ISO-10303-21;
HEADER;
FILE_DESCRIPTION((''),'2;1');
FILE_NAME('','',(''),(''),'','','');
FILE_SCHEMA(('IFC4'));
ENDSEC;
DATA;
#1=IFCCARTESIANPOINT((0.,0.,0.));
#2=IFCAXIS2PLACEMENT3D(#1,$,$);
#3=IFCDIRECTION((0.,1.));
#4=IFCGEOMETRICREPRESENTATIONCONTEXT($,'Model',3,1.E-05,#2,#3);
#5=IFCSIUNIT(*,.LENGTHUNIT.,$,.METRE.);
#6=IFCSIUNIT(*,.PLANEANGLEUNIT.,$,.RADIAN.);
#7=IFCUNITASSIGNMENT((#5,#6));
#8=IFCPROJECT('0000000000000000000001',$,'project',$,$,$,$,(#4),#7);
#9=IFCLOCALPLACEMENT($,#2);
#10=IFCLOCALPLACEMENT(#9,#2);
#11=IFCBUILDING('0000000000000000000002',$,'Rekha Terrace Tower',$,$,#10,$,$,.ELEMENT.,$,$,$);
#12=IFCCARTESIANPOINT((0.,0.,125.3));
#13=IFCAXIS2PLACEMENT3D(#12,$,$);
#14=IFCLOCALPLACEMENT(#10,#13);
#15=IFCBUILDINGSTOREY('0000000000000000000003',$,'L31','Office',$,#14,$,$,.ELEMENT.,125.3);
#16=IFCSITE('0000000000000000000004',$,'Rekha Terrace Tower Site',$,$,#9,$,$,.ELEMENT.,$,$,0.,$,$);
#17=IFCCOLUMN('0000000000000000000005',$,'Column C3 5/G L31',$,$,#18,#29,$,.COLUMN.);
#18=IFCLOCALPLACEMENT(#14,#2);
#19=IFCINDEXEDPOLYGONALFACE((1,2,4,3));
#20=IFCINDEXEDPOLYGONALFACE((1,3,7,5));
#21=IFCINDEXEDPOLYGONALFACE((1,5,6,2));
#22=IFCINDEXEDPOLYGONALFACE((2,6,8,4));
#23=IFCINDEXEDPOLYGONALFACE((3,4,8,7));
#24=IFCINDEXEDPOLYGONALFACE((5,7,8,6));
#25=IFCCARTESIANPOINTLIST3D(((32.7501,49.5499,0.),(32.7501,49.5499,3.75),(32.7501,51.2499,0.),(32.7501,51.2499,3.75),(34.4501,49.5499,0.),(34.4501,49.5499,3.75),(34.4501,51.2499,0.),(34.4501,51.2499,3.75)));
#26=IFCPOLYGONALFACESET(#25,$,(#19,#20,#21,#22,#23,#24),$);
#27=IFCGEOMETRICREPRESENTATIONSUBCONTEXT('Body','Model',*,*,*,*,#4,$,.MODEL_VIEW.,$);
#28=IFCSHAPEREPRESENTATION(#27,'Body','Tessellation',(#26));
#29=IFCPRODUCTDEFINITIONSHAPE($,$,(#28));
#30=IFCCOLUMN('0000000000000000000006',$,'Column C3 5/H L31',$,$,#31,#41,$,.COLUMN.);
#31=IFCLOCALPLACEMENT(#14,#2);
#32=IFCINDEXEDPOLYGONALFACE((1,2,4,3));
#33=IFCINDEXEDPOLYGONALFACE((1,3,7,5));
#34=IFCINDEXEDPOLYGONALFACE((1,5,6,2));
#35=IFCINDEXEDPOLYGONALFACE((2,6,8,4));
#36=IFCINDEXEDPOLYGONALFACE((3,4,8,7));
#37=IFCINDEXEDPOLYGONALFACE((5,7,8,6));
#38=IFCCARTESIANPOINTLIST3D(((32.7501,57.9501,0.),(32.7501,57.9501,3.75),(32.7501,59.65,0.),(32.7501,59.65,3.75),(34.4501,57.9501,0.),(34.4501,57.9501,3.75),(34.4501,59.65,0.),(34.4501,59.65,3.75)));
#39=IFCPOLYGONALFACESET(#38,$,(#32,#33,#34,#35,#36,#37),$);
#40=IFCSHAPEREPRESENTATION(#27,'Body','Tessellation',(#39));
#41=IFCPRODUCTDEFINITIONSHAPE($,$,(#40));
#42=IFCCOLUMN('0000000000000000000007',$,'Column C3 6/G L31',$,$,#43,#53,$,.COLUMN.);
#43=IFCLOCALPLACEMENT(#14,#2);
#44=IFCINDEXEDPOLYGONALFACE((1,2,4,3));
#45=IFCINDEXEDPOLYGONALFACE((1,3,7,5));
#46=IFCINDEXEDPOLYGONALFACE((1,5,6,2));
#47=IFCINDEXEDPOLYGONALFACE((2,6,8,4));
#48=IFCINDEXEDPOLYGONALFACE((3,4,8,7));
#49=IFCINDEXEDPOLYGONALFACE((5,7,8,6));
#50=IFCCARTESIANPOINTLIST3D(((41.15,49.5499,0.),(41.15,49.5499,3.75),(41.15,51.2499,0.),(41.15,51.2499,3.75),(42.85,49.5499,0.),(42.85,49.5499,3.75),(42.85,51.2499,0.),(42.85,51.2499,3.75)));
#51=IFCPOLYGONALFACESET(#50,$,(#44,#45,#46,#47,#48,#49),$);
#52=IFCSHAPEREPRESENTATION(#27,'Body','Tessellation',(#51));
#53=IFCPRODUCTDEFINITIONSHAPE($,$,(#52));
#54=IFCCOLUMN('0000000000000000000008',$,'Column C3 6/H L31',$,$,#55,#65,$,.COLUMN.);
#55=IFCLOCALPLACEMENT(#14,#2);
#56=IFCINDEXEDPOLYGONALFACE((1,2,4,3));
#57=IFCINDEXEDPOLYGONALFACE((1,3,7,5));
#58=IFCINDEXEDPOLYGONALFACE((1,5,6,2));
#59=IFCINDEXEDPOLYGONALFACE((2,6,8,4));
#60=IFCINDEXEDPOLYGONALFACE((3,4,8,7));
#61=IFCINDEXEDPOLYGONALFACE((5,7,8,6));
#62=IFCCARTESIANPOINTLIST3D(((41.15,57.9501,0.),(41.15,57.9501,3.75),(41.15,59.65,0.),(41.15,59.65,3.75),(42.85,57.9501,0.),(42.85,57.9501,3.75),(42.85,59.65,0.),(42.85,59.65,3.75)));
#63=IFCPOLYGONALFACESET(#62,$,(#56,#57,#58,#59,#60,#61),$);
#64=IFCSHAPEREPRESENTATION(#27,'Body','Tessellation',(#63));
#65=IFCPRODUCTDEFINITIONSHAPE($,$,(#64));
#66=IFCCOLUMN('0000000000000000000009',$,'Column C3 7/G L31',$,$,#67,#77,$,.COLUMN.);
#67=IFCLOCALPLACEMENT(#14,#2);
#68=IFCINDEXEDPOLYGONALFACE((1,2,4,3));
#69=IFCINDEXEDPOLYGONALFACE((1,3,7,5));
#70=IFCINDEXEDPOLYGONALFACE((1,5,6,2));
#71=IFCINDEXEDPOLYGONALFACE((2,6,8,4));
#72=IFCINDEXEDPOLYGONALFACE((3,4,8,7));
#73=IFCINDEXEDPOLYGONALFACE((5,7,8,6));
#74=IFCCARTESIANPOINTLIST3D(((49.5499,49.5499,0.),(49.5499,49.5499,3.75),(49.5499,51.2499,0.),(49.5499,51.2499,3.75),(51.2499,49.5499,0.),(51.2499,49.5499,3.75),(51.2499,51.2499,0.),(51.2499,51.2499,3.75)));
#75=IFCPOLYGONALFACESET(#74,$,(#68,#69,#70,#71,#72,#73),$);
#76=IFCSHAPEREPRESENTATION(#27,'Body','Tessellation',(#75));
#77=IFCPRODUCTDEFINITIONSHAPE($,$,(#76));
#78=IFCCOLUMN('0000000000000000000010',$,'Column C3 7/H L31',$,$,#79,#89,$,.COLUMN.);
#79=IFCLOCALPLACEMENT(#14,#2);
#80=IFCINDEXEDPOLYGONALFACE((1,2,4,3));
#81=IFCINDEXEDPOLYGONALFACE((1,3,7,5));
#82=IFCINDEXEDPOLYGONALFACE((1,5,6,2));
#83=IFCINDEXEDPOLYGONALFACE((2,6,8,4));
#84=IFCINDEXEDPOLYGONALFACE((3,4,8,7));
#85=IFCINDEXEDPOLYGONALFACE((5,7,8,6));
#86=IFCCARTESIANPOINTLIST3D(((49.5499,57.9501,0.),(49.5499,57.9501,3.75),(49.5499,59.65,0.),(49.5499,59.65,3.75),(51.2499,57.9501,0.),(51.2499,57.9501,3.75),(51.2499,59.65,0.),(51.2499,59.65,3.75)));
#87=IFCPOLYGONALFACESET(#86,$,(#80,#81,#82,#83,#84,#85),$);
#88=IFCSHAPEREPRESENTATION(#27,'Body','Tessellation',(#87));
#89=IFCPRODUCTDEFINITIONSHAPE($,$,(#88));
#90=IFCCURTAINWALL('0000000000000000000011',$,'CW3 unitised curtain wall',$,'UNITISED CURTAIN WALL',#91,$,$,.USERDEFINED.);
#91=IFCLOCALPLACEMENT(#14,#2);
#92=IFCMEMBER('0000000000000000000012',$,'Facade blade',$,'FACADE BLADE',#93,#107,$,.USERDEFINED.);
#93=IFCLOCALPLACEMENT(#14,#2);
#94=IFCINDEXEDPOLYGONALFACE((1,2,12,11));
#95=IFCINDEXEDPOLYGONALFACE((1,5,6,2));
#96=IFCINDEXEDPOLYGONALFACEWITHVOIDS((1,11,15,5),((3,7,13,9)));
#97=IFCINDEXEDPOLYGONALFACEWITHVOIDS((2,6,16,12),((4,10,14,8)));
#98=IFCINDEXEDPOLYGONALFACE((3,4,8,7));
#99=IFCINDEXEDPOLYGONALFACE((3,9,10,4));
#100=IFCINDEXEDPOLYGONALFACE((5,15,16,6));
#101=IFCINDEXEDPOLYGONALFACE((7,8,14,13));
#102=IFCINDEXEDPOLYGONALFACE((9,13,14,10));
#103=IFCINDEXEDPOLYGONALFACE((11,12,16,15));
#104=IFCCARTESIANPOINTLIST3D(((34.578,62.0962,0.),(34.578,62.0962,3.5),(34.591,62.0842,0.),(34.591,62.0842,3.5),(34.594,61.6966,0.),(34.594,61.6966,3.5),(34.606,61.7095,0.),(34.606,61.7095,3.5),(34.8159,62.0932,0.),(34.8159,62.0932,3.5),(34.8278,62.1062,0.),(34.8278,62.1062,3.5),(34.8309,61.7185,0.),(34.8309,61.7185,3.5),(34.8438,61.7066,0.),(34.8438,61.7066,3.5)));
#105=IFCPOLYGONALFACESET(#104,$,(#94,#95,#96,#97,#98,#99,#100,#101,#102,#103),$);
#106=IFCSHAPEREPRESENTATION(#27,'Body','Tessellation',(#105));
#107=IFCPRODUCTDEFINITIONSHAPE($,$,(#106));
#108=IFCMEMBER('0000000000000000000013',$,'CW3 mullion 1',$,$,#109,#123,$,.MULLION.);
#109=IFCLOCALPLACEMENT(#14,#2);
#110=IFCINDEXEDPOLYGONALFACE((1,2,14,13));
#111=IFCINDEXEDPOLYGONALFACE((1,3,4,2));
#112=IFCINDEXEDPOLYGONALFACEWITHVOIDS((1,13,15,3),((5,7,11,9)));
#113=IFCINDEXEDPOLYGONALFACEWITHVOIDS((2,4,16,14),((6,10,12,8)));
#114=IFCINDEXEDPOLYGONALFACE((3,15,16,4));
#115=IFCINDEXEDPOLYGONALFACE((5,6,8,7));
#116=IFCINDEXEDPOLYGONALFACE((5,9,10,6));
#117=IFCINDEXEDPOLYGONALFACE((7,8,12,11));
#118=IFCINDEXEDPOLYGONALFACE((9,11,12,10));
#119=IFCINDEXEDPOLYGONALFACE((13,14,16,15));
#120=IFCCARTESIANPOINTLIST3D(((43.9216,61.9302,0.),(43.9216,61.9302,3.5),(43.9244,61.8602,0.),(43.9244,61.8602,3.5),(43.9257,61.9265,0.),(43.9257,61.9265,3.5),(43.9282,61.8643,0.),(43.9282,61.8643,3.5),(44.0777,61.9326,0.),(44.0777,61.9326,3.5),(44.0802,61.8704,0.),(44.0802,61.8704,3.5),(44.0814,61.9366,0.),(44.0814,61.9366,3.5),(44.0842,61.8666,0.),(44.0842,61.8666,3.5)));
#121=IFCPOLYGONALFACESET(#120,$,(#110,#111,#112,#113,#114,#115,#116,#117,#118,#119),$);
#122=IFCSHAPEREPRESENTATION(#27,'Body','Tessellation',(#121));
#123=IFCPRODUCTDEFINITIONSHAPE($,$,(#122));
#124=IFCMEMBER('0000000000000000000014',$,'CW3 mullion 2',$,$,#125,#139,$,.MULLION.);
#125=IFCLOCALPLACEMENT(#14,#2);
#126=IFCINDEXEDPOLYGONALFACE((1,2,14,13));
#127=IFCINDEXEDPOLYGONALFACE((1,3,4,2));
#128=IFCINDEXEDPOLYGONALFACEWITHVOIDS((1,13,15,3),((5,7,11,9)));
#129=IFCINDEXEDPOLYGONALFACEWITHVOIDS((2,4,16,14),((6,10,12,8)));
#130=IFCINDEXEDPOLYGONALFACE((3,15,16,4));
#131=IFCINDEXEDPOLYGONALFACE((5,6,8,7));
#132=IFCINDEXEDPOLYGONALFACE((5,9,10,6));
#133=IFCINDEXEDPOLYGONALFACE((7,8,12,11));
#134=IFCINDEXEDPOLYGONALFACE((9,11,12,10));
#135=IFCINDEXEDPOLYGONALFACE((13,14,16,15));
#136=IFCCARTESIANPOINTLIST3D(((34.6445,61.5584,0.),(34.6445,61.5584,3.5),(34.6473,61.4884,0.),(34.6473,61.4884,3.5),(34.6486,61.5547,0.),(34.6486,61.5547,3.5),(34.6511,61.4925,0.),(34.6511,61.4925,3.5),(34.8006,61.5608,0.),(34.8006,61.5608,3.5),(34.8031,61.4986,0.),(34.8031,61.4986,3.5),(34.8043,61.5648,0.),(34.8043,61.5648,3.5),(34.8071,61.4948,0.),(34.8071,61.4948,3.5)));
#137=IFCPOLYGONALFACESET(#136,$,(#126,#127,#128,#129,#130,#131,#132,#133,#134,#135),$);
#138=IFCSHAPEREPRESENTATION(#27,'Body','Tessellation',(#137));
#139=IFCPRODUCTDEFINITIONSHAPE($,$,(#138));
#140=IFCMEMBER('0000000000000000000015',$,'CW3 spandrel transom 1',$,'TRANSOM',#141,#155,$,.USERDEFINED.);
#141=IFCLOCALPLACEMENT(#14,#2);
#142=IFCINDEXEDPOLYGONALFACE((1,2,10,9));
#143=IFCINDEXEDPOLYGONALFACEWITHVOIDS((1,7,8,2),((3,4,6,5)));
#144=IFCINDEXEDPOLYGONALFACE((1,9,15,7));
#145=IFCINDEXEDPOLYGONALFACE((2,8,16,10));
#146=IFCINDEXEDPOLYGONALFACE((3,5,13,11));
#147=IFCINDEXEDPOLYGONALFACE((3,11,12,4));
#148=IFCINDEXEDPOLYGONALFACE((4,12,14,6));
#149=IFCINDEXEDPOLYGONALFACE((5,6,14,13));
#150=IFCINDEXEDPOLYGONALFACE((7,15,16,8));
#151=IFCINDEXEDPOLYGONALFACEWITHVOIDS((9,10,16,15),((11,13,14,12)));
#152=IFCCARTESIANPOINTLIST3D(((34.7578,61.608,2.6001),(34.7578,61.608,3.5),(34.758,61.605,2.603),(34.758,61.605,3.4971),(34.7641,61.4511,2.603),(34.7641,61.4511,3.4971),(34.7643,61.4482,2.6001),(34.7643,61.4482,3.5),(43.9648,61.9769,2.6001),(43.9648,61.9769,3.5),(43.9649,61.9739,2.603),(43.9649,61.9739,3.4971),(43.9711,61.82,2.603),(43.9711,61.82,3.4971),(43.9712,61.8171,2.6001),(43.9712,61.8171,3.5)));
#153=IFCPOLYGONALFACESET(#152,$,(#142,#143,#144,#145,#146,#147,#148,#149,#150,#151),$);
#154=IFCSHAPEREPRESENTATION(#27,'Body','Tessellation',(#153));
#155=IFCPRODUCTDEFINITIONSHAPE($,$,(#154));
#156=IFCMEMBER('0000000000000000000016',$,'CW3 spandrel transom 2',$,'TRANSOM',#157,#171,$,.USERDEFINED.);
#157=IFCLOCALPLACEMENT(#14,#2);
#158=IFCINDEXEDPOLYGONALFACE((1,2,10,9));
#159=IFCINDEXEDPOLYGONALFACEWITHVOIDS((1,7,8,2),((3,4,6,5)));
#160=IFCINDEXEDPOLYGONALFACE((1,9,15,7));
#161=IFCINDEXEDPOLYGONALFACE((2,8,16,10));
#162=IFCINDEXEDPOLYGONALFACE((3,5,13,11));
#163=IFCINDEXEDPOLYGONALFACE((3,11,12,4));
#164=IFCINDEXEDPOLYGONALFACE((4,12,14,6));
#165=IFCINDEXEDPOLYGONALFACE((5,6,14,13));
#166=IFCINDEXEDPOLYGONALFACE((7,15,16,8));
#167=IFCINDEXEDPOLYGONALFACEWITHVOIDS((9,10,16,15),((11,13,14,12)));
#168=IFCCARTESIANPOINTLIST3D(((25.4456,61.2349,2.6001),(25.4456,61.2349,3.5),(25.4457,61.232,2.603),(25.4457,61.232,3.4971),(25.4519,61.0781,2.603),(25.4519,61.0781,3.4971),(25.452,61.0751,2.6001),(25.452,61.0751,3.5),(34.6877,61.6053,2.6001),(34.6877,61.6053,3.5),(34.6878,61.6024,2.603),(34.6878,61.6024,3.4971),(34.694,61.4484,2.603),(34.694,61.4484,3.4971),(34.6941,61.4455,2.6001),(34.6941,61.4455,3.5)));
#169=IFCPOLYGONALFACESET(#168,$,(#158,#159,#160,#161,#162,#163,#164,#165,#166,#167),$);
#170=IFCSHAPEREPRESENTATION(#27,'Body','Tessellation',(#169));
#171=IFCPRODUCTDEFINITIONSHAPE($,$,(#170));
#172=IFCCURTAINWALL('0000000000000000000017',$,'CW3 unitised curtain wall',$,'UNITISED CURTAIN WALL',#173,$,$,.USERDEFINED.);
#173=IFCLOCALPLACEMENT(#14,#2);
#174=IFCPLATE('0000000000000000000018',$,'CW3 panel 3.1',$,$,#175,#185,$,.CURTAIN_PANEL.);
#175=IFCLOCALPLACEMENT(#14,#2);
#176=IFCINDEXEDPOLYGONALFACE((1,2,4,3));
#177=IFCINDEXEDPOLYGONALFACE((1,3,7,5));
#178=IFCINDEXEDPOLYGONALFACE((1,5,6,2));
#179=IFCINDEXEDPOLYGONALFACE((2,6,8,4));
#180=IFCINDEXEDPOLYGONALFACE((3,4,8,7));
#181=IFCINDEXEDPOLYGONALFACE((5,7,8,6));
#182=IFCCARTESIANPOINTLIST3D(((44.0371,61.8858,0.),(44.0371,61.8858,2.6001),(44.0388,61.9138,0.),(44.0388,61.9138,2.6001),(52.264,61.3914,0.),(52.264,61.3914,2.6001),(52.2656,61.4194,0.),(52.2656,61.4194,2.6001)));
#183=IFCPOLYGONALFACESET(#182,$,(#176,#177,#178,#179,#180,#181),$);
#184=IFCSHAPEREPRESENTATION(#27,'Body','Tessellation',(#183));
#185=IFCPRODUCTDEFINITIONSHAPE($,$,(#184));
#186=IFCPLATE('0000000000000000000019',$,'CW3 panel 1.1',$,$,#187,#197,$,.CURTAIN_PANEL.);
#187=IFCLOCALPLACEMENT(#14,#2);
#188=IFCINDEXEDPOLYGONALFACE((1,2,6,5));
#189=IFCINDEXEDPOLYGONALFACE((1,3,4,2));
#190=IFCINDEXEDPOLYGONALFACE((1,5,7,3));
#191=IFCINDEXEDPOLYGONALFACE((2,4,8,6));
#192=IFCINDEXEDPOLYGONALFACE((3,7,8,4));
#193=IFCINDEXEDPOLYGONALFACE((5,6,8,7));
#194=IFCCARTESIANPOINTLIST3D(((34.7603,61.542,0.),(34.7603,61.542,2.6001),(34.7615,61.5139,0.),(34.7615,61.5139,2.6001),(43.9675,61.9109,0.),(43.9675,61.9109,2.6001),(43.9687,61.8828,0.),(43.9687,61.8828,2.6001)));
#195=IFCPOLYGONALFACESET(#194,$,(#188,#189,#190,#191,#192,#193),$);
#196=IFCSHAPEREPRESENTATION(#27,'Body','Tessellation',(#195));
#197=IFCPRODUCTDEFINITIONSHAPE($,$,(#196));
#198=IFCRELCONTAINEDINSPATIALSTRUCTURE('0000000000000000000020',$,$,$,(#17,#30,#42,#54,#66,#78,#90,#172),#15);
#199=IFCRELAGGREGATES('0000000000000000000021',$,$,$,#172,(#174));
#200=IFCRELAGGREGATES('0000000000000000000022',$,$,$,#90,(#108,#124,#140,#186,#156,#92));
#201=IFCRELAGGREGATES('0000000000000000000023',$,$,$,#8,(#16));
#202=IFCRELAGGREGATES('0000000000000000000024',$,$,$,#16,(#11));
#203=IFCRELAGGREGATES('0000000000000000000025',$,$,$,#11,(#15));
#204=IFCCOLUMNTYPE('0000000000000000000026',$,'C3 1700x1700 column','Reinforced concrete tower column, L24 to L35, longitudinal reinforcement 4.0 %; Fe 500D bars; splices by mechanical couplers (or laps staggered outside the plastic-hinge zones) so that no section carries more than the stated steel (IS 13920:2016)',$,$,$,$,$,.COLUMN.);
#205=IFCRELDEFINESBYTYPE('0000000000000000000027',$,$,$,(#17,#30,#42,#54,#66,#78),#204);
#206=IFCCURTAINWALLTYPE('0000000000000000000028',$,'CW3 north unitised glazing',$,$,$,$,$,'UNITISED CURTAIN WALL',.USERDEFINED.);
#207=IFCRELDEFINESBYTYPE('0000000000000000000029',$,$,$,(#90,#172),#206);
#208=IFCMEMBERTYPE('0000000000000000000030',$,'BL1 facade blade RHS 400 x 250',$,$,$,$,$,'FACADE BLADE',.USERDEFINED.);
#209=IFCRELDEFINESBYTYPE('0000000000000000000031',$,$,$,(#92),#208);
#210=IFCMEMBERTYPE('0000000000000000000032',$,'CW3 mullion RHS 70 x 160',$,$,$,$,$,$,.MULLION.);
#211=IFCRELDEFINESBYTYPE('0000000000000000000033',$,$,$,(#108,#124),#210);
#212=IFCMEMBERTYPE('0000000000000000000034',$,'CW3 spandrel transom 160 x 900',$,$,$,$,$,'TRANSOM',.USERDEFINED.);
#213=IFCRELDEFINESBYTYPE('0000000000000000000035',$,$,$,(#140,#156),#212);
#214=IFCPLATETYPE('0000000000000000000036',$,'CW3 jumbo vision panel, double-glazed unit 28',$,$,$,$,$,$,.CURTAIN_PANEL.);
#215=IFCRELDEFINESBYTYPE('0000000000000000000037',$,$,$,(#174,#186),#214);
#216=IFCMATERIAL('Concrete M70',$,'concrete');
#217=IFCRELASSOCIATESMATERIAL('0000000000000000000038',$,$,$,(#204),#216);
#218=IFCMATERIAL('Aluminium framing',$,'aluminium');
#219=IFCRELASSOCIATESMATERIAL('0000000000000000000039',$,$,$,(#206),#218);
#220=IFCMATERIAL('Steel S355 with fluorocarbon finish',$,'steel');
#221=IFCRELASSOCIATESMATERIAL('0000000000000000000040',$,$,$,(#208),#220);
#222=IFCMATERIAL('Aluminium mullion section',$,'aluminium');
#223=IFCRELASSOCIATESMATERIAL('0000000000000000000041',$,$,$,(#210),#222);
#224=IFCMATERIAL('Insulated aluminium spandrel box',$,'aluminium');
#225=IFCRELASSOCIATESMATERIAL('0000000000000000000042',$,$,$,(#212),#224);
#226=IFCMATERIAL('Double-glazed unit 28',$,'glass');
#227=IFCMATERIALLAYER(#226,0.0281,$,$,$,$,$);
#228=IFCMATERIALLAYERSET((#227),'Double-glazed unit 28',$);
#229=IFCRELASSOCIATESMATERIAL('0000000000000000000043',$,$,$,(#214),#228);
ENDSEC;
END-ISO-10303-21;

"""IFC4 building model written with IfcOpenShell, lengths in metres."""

from ifc_helpers import new_model, si_unit, direction, frame, origin, origin_2d, place, context, subcontext, project, spatial, rectangle, hollow_rectangle, extrude, material, layer, layer_set, material_profile, profile_set, type_object, element, aggregate, save


model = new_model("IFC4")

# Units and contexts
model_context = context("Model", 3, precision=1e-05, world=origin(), true_north=direction((0.0, 1.0)))
body_context = subcontext(model_context, "Body", "Model", "MODEL_VIEW")
ifc_project = project(units=[si_unit("LENGTHUNIT", "METRE"), si_unit("PLANEANGLEUNIT", "RADIAN")], contexts=[model_context])

# Site, building, storey
site_placement = place(None, origin())
site = spatial("IfcSite", under=ifc_project, at=site_placement, Name="Rekha Terrace Tower Site", CompositionType="ELEMENT", RefElevation=0.0)
building_placement = place(site_placement, origin())
building = spatial("IfcBuilding", under=site, at=building_placement, Name="Rekha Terrace Tower", CompositionType="ELEMENT")
storey_placement = place(building_placement, frame((0.0, 0.0, 125.3)))
storey = spatial("IfcBuildingStorey", under=building, at=storey_placement, Name="L31", Description="Office", CompositionType="ELEMENT", Elevation=125.3)

# Columns
ifc_material_1 = material(Name="Concrete M70", Category="concrete")
ifc_material_profile_1 = material_profile(ifc_material_1, rectangle(XDim=1.7, YDim=1.7, at=origin_2d()), Name="RC 1700x1700")
ifc_profile_set_1 = profile_set([ifc_material_profile_1], Name="Concrete M70")
column_type = type_object("IfcColumnType", Name="C3 1700x1700 column", Description="Reinforced concrete tower column, L24 to L35, longitudinal reinforcement 4.0 %; Fe 500D bars; splices by mechanical couplers (or laps staggered outside the plastic-hinge zones) so that no section carries more than the stated steel (IS 13920:2016)", PredefinedType="COLUMN", material=ifc_profile_set_1)
for number, where, z_axis, x_axis, name in (
    (1, (33.6001, 50.3999, 0.0), (0.0, 0.0, 1.0), (1.0, 0.0, 0.0), "Column C3 5/G L31"),
    (2, (33.6001, 58.8, 0.0), (0.0, 0.0, 1.0), (1.0, 0.0, 0.0), "Column C3 5/H L31"),
    (3, (42.0, 50.3999, 0.0), (0.0, 0.0, 1.0), (1.0, 0.0, 0.0), "Column C3 6/G L31"),
    (4, (42.0, 58.8, 0.0), (0.0, 0.0, 1.0), (1.0, 0.0, 0.0), "Column C3 6/H L31"),
    (5, (50.3999, 50.3999, 0.0), (0.0, 0.0, 1.0), (1.0, 0.0, 0.0), "Column C3 7/G L31"),
    (6, (50.3999, 58.8, 0.0), (0.0, 0.0, 1.0), (1.0, 0.0, 0.0), "Column C3 7/H L31"),
):
    element("IfcColumn", number, at=place(storey_placement, frame(where, z_axis=z_axis, x_axis=x_axis)), inside=storey, type_object=column_type, Name=name, PredefinedType="COLUMN", context=body_context, shape_type="SweptSolid", body=[
        extrude(rectangle(XDim=1.7, YDim=1.7, at=origin_2d()), origin(), (0.0, 0.0, 1.0), 3.75),
    ])

# Curtain wall, members
ifc_material_2 = material(Name="Aluminium framing", Category="aluminium")
curtain_wall_type = type_object("IfcCurtainWallType", Name="CW3 north unitised glazing", ElementType="UNITISED CURTAIN WALL", PredefinedType="USERDEFINED", material=ifc_material_2)
curtain_wall_1_placement = place(storey_placement, origin())
curtain_wall_1 = element("IfcCurtainWall", 7, at=curtain_wall_1_placement, inside=storey, type_object=curtain_wall_type, Name="CW3 unitised curtain wall", ObjectType="UNITISED CURTAIN WALL", PredefinedType="USERDEFINED")
ifc_material_3 = material(Name="Steel S355 with fluorocarbon finish", Category="steel")
ifc_material_profile_2 = material_profile(ifc_material_3, hollow_rectangle(XDim=0.25, YDim=0.3999, WallThickness=0.0125, at=origin_2d()), Name="RHS400x250x12.5")
ifc_profile_set_2 = profile_set([ifc_material_profile_2], Name="Steel S355 with fluorocarbon finish")
member_type_1 = type_object("IfcMemberType", Name="BL1 facade blade RHS 400 x 250", ElementType="FACADE BLADE", PredefinedType="USERDEFINED", material=ifc_profile_set_2)
member_1_placement = place(storey_placement, frame((34.7109, 61.9014, 0.0), z_axis=(0.0, 0.0, 1.0), x_axis=(-0.999198, -0.040032, 0.0)))
member_1 = element("IfcMember", 8, at=member_1_placement, type_object=member_type_1, Name="Facade blade", ObjectType="FACADE BLADE", PredefinedType="USERDEFINED", context=body_context, shape_type="SweptSolid", body=[
    extrude(hollow_rectangle(XDim=0.25, YDim=0.3999, WallThickness=0.0125, at=origin_2d()), origin(), (0.0, 0.0, 1.0), 3.5),
])
ifc_material_4 = material(Name="Aluminium mullion section", Category="aluminium")
ifc_material_profile_3 = material_profile(ifc_material_4, hollow_rectangle(XDim=0.0701, YDim=0.1599, WallThickness=0.0039, at=origin_2d()), Name="AL RHS 70x160")
ifc_profile_set_3 = profile_set([ifc_material_profile_3], Name="Aluminium mullion section")
member_type_2 = type_object("IfcMemberType", Name="CW3 mullion RHS 70 x 160", PredefinedType="MULLION", material=ifc_profile_set_3)
member_2_placement = place(storey_placement, frame((44.0029, 61.8984, 0.0), z_axis=(0.0, 0.0, 1.0), x_axis=(0.040032, -0.999198, 0.0)))
member_2 = element("IfcMember", 9, at=member_2_placement, type_object=member_type_2, Name="CW3 mullion 1", PredefinedType="MULLION", context=body_context, shape_type="SweptSolid", body=[
    extrude(hollow_rectangle(XDim=0.0701, YDim=0.1599, WallThickness=0.0039, at=origin_2d()), origin(), (0.0, 0.0, 1.0), 3.5),
])
member_3_placement = place(storey_placement, frame((34.7258, 61.5266, 0.0), z_axis=(0.0, 0.0, 1.0), x_axis=(0.040032, -0.999198, 0.0)))
member_3 = element("IfcMember", 10, at=member_3_placement, type_object=member_type_2, Name="CW3 mullion 2", PredefinedType="MULLION", context=body_context, shape_type="SweptSolid", body=[
    extrude(hollow_rectangle(XDim=0.0701, YDim=0.1599, WallThickness=0.0039, at=origin_2d()), origin(), (0.0, 0.0, 1.0), 3.5),
])
ifc_material_5 = material(Name="Insulated aluminium spandrel box", Category="aluminium")
ifc_material_profile_4 = material_profile(ifc_material_5, hollow_rectangle(XDim=0.1599, YDim=0.8999, WallThickness=0.0029, at=origin_2d()), Name="AL SPANDREL BOX 160x900")
ifc_profile_set_4 = profile_set([ifc_material_profile_4], Name="Insulated aluminium spandrel box")
member_type_3 = type_object("IfcMemberType", Name="CW3 spandrel transom 160 x 900", ElementType="TRANSOM", PredefinedType="USERDEFINED", material=ifc_profile_set_4)
member_4_placement = place(storey_placement, frame((43.968, 61.897, 3.05), z_axis=(-0.999198, -0.040035, 0.0), x_axis=(0.040035, -0.999198, 0.0)))
member_4 = element("IfcMember", 11, at=member_4_placement, type_object=member_type_3, Name="CW3 spandrel transom 1", ObjectType="TRANSOM", PredefinedType="USERDEFINED", context=body_context, shape_type="SweptSolid", body=[
    extrude(hollow_rectangle(XDim=0.1599, YDim=0.8999, WallThickness=0.0029, at=origin_2d()), origin(), (0.0, 0.0, 1.0), 9.2144),
])
member_5_placement = place(storey_placement, frame((34.6909, 61.5254, 3.05), z_axis=(-0.999198, -0.040041, 0.0), x_axis=(0.040041, -0.999198, 0.0)))
member_5 = element("IfcMember", 12, at=member_5_placement, type_object=member_type_3, Name="CW3 spandrel transom 2", ObjectType="TRANSOM", PredefinedType="USERDEFINED", context=body_context, shape_type="SweptSolid", body=[
    extrude(hollow_rectangle(XDim=0.1599, YDim=0.8999, WallThickness=0.0029, at=origin_2d()), origin(), (0.0, 0.0, 1.0), 9.2495),
])

# Curtain wall, plate
curtain_wall_2_placement = place(storey_placement, origin())
curtain_wall_2 = element("IfcCurtainWall", 13, at=curtain_wall_2_placement, inside=storey, type_object=curtain_wall_type, Name="CW3 unitised curtain wall", ObjectType="UNITISED CURTAIN WALL", PredefinedType="USERDEFINED")
ifc_material_6 = material(Name="Double-glazed unit 28", Category="glass")
ifc_layer_1 = layer(ifc_material_6, 0.0281)
ifc_layer_set_1 = layer_set([ifc_layer_1], Name="Double-glazed unit 28")
plate_type = type_object("IfcPlateType", Name="CW3 jumbo vision panel, double-glazed unit 28", PredefinedType="CURTAIN_PANEL", material=ifc_layer_set_1)
plate_1_placement = place(storey_placement, frame((48.1514, 61.6526, 0.0), z_axis=(0.0, 0.0, 1.0), x_axis=(-0.998199, 0.059988, 0.0)))
plate_1 = element("IfcPlate", 14, at=plate_1_placement, type_object=plate_type, Name="CW3 panel 3.1", PredefinedType="CURTAIN_PANEL", context=body_context, shape_type="SweptSolid", body=[
    extrude(rectangle(XDim=8.2417, YDim=0.0281, at=origin_2d()), origin(), (0.0, 0.0, 1.0), 2.6001),
])
aggregate(curtain_wall_2, [plate_1])

# Plate
plate_2_placement = place(storey_placement, frame((39.3645, 61.7124, 0.0), z_axis=(0.0, 0.0, 1.0), x_axis=(-0.999198, -0.040032, 0.0)))
plate_2 = element("IfcPlate", 15, at=plate_2_placement, type_object=plate_type, Name="CW3 panel 1.1", PredefinedType="CURTAIN_PANEL", context=body_context, shape_type="SweptSolid", body=[
    extrude(rectangle(XDim=9.2146, YDim=0.0281, at=origin_2d()), origin(), (0.0, 0.0, 1.0), 2.6001),
])
aggregate(curtain_wall_1, [member_2, member_3, member_4, plate_2, member_5, member_1])

save(model, "model.ifc")
